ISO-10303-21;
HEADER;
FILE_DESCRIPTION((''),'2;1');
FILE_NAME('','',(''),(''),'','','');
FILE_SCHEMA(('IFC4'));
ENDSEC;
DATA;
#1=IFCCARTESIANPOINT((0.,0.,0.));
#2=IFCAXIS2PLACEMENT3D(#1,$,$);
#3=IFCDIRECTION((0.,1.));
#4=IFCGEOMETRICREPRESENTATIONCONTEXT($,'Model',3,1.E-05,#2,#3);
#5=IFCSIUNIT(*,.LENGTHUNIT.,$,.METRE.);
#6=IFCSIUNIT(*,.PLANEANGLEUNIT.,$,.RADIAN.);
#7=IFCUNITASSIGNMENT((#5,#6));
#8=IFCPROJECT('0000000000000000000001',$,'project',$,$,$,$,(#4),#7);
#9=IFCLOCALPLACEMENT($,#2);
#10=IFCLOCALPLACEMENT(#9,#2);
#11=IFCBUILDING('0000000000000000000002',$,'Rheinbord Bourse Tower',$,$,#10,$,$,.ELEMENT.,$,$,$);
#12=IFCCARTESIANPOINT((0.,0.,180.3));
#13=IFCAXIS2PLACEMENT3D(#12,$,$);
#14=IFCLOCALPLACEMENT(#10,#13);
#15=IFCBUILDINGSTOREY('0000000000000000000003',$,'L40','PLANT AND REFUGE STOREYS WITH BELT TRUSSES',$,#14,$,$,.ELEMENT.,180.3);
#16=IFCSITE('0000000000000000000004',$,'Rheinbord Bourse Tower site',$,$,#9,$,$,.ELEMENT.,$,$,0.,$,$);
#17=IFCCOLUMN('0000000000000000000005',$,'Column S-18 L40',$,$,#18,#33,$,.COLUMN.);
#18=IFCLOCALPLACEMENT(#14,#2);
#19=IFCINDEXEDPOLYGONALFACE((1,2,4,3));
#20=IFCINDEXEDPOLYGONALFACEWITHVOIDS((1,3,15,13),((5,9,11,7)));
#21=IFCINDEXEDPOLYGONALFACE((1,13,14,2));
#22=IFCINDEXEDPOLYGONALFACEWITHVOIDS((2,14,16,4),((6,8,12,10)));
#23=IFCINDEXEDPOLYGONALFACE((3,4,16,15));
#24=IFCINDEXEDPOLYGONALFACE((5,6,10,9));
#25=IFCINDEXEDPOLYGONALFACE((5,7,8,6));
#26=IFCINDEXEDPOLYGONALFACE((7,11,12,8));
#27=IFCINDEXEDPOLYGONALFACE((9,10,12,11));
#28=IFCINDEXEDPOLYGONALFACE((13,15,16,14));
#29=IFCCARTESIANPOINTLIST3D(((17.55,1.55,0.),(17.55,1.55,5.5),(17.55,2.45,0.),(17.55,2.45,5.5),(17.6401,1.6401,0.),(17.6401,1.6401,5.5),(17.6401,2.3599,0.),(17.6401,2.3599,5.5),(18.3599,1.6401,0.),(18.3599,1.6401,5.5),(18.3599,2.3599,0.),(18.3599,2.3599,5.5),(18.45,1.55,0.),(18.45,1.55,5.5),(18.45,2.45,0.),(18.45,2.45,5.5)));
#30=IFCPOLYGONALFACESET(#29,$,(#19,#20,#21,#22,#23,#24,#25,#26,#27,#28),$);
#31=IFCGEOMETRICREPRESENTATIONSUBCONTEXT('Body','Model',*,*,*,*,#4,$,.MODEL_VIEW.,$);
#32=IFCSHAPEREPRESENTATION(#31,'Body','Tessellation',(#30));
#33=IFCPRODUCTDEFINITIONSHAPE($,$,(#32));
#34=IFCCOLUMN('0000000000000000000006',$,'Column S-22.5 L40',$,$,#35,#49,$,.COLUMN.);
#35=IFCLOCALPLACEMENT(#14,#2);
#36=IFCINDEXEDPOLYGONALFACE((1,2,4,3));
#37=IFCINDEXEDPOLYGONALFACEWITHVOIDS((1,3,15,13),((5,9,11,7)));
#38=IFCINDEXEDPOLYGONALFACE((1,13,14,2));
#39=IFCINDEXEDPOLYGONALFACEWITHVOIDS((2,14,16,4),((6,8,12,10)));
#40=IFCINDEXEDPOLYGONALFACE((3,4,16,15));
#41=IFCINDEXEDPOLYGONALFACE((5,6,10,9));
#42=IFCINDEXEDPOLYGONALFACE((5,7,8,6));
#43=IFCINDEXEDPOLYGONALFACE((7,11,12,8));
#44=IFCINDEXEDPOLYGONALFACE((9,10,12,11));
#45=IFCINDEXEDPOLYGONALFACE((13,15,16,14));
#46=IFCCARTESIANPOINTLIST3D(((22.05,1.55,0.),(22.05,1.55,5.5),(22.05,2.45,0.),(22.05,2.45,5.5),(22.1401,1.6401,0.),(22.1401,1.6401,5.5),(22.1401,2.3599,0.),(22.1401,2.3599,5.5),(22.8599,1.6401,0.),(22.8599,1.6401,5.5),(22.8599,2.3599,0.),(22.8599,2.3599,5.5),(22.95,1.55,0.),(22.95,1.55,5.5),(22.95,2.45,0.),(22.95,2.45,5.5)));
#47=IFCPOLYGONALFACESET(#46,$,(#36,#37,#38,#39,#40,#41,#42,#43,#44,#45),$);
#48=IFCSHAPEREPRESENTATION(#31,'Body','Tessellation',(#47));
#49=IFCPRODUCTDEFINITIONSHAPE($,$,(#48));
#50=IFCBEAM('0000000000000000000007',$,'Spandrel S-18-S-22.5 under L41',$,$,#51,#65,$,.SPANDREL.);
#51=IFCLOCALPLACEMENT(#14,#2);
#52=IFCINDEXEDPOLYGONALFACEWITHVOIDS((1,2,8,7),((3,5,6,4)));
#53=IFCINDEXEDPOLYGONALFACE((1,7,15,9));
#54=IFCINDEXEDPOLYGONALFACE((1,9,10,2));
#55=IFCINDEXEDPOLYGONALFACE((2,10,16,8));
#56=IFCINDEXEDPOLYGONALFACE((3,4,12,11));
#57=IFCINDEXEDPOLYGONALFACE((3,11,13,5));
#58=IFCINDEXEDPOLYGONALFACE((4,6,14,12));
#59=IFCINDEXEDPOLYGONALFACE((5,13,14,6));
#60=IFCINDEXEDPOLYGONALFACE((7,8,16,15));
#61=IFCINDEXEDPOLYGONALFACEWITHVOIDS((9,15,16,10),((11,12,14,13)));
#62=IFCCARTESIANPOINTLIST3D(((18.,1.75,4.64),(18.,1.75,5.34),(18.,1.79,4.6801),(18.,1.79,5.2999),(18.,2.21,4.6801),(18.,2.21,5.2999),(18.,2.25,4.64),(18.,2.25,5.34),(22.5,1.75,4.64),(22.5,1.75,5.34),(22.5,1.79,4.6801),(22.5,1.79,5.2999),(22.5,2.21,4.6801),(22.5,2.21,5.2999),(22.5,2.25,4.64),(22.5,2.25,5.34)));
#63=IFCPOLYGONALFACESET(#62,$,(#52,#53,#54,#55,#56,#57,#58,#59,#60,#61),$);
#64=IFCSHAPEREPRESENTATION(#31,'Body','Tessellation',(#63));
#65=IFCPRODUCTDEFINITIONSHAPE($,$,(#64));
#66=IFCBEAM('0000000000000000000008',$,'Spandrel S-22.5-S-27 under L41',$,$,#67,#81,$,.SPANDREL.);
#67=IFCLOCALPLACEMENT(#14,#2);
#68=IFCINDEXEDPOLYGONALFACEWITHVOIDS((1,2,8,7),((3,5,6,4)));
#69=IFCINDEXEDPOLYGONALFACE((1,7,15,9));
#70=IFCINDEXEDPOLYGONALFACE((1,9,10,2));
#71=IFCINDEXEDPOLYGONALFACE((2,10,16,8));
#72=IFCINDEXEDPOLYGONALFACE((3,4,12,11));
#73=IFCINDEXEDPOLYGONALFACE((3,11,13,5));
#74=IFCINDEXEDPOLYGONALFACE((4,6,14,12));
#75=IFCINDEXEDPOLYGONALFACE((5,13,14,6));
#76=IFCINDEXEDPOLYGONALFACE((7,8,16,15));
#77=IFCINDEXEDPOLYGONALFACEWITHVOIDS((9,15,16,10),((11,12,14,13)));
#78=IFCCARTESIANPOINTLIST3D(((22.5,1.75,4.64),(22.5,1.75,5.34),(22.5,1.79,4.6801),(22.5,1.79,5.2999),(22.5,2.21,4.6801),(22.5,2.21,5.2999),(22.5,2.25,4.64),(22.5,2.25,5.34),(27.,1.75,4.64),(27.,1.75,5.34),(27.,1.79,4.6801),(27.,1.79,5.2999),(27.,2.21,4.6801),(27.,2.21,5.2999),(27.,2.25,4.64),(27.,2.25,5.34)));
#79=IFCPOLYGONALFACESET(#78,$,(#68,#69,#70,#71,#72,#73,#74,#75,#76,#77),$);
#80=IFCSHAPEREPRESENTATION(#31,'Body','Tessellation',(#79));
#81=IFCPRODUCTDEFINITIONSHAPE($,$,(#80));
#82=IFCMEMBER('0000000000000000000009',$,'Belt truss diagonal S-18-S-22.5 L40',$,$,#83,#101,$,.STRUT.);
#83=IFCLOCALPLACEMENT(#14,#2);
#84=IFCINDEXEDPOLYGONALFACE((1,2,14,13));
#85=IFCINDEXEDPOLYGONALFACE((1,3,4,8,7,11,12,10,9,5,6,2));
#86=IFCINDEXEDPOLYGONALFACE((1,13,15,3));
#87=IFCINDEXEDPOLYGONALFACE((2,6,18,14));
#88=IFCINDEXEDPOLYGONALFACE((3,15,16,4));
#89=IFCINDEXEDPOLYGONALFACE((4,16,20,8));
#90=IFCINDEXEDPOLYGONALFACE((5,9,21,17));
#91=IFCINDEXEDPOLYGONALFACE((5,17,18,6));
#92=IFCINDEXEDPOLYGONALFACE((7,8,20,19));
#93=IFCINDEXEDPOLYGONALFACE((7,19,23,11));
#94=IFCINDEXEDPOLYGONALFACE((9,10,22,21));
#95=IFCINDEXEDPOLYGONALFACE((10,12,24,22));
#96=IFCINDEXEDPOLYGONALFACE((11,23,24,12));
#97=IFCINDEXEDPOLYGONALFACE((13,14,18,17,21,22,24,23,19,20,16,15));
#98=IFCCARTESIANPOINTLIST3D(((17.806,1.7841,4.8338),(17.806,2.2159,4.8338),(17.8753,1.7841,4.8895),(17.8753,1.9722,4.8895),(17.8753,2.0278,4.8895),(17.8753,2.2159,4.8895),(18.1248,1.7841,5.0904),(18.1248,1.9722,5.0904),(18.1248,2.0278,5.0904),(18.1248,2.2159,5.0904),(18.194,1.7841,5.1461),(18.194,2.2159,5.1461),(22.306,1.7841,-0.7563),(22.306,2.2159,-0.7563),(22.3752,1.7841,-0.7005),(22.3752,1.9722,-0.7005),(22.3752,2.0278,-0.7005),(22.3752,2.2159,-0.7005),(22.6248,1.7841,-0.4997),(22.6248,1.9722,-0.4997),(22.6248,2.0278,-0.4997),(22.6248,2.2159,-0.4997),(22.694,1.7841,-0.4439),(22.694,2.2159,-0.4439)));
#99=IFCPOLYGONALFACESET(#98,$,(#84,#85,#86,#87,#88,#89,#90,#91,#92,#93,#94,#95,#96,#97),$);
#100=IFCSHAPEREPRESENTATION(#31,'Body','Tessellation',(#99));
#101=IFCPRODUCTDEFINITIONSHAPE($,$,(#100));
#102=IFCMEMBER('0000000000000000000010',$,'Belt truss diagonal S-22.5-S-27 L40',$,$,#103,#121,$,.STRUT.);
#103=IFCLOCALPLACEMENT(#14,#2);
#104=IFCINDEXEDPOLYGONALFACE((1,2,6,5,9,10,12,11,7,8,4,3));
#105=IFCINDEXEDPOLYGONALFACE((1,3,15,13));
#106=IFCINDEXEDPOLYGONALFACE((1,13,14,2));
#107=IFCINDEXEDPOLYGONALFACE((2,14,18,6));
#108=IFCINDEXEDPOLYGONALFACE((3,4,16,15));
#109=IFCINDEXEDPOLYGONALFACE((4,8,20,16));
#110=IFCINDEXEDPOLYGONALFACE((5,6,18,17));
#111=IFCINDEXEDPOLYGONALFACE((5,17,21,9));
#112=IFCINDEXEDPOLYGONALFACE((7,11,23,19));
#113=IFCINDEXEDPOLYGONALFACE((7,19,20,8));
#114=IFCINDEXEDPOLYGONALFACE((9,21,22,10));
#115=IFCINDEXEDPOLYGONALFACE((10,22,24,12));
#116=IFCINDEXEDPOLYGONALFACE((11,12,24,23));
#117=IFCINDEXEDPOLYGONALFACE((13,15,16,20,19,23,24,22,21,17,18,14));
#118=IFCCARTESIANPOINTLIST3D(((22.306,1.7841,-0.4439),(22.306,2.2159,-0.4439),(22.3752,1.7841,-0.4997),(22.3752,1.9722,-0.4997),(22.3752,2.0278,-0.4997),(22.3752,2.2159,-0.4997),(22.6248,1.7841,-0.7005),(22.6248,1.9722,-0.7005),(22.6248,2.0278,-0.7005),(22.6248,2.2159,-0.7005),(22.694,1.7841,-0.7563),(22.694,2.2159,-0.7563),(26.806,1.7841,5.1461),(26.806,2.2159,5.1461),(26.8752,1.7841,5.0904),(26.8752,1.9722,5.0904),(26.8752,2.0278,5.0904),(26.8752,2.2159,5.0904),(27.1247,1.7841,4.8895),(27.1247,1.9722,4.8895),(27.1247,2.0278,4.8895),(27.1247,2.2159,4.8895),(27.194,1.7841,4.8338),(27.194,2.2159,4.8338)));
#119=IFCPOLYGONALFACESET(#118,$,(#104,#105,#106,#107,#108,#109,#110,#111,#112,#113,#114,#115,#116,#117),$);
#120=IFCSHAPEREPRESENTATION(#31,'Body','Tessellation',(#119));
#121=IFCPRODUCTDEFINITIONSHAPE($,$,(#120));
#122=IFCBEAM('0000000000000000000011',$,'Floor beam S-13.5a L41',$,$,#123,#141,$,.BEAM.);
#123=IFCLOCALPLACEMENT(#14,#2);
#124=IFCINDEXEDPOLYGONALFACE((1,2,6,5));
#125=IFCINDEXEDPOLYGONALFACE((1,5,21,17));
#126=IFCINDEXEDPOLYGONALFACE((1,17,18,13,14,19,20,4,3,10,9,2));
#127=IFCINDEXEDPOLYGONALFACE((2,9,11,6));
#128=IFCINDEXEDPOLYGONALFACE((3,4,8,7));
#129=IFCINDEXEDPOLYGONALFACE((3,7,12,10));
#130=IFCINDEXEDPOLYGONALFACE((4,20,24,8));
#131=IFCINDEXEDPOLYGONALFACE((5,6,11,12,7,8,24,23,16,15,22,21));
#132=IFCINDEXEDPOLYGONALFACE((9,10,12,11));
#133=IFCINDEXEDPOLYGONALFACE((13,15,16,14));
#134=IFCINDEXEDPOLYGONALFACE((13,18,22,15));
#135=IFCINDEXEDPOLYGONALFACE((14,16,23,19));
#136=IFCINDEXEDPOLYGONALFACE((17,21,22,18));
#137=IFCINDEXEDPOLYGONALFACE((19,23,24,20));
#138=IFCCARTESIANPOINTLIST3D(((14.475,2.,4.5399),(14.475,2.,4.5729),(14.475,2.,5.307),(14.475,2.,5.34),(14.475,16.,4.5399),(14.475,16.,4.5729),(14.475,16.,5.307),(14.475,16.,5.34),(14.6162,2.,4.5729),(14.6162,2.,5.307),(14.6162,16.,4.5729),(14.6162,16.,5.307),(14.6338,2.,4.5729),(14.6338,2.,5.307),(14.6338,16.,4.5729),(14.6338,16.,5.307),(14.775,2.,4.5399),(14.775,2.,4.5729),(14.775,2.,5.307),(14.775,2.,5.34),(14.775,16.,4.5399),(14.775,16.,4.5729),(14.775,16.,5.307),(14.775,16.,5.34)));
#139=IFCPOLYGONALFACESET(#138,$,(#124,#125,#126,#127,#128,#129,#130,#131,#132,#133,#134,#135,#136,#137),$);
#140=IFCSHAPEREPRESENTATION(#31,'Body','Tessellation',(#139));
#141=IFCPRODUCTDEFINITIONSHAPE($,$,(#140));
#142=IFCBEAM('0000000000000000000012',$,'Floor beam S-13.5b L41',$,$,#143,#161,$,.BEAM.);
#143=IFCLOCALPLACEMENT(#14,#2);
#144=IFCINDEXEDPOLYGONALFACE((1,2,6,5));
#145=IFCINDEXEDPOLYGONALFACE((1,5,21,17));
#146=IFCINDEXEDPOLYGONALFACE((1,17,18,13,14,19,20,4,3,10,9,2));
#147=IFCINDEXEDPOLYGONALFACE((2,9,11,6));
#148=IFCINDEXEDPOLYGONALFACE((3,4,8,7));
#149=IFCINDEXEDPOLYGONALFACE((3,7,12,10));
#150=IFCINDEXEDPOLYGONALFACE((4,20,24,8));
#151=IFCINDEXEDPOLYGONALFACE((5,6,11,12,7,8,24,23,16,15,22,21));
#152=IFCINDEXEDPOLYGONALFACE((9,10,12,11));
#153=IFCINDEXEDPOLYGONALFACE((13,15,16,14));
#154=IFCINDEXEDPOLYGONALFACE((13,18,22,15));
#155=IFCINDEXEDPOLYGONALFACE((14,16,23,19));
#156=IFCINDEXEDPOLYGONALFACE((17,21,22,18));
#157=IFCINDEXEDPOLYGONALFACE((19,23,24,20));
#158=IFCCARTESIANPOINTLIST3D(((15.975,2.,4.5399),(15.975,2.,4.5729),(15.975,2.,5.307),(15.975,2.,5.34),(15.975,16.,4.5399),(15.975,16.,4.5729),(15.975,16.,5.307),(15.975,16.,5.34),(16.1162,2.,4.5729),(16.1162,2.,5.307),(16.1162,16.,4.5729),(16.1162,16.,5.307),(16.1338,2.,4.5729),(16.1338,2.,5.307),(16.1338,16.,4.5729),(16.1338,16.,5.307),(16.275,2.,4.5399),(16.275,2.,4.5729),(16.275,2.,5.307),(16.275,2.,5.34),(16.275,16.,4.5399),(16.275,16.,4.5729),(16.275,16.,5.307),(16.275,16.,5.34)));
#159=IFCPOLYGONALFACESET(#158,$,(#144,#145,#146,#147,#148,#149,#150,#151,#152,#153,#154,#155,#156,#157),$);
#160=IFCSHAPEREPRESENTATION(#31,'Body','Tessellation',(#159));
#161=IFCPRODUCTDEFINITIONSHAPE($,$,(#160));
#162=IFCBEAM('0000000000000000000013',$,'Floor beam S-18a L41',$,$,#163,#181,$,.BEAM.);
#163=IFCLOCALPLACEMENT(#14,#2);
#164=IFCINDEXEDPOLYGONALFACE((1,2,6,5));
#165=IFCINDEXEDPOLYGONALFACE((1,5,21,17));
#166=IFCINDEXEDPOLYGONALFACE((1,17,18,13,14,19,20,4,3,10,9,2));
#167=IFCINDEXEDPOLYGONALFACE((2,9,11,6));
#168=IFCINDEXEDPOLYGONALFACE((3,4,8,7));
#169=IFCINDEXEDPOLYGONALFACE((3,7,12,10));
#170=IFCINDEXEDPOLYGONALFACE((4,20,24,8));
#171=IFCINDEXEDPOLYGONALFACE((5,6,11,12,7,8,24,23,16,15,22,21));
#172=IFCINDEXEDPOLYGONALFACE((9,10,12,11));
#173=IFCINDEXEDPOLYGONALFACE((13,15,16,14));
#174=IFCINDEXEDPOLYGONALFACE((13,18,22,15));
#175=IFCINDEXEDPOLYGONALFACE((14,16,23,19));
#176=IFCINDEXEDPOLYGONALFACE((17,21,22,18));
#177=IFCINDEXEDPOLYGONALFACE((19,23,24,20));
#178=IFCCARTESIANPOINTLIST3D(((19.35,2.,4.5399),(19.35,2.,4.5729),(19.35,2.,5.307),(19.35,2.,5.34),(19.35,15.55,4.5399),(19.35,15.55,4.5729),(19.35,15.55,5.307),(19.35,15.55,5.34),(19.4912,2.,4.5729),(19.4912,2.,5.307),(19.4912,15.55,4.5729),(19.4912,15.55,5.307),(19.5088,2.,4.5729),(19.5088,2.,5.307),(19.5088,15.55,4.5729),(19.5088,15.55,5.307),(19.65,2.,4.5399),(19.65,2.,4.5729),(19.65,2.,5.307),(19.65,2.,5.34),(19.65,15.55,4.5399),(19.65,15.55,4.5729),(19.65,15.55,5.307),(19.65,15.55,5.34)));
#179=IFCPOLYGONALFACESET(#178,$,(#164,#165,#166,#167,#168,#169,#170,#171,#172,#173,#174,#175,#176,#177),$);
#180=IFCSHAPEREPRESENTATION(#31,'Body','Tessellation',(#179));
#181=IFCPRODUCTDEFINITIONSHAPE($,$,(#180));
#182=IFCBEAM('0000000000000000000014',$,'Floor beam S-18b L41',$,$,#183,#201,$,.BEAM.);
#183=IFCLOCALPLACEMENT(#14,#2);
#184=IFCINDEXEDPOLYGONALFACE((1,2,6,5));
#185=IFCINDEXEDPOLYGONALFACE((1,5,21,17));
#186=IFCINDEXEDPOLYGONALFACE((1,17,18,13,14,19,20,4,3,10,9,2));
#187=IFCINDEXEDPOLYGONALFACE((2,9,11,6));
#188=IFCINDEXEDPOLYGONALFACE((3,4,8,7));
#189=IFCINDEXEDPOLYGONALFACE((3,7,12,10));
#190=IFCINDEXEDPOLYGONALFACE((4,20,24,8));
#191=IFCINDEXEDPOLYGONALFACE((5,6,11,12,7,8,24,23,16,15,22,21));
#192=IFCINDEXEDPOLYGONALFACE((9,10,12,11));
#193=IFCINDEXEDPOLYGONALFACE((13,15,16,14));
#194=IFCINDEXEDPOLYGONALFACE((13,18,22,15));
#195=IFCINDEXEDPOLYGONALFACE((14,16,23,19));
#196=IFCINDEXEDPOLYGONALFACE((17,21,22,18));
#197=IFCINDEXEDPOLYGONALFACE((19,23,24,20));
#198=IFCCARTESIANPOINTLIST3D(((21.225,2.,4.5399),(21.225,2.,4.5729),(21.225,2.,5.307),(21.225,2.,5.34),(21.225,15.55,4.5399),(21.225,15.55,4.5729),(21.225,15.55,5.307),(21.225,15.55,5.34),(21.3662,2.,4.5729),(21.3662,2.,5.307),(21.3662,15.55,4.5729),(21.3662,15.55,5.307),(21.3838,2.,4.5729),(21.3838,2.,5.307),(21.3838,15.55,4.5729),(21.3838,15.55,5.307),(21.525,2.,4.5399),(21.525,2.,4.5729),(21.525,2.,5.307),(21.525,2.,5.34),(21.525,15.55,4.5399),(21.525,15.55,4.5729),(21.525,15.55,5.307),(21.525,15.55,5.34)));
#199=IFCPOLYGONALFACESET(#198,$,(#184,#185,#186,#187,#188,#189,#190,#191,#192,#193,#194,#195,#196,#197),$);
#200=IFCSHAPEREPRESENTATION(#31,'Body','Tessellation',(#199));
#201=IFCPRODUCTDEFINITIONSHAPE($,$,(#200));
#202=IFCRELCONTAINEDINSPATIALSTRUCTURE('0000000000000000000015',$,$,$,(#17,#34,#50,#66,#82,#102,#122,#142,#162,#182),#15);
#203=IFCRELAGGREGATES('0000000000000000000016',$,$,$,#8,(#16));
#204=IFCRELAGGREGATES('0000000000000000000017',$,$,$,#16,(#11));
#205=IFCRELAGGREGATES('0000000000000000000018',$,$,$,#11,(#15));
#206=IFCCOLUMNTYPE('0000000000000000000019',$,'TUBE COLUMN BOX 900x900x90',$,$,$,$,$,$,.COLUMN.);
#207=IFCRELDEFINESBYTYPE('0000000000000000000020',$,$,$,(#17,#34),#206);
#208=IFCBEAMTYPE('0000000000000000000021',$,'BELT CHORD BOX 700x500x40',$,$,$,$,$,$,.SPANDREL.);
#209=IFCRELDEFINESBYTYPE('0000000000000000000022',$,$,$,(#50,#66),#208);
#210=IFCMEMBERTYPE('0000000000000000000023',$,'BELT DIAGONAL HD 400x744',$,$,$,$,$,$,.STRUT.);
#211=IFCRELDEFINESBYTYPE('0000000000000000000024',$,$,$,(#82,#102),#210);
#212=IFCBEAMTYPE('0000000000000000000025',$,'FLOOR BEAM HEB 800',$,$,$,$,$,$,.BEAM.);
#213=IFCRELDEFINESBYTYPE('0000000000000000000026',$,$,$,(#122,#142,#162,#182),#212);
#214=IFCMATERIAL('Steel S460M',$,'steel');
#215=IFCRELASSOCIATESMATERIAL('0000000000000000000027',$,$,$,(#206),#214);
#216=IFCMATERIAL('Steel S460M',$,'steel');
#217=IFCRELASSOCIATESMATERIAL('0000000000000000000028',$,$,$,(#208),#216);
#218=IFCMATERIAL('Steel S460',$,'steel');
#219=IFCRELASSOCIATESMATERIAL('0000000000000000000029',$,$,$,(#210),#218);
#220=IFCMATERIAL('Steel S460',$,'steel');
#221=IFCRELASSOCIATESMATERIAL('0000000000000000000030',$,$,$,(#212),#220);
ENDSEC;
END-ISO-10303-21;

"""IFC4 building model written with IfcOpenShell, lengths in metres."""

from ifc_helpers import new_model, si_unit, direction, frame, origin, origin_2d, place, context, subcontext, project, spatial, hollow_rectangle, i_section, extrude, material, material_profile, profile_set, type_object, element, save


model = new_model("IFC4")

# Units and contexts
model_context = context("Model", 3, precision=1e-05, world=origin(), true_north=direction((0.0, 1.0)))
body_context = subcontext(model_context, "Body", "Model", "MODEL_VIEW")
ifc_project = project(units=[si_unit("LENGTHUNIT", "METRE"), si_unit("PLANEANGLEUNIT", "RADIAN")], contexts=[model_context])

# Site, building, storey
site_placement = place(None, origin())
site = spatial("IfcSite", under=ifc_project, at=site_placement, Name="Rheinbord Bourse Tower site", CompositionType="ELEMENT", RefElevation=0.0)
building_placement = place(site_placement, origin())
building = spatial("IfcBuilding", under=site, at=building_placement, Name="Rheinbord Bourse Tower", CompositionType="ELEMENT")
storey_placement = place(building_placement, frame((0.0, 0.0, 180.3)))
storey = spatial("IfcBuildingStorey", under=building, at=storey_placement, Name="L40", Description="PLANT AND REFUGE STOREYS WITH BELT TRUSSES", CompositionType="ELEMENT", Elevation=180.3)

# Columns
ifc_material_1 = material(Name="Steel S460M", Category="steel")
ifc_material_profile_1 = material_profile(ifc_material_1, hollow_rectangle(XDim=0.8999, YDim=0.8999, WallThickness=0.0901, at=origin_2d()), Name="BOX 900x900x90")
ifc_profile_set_1 = profile_set([ifc_material_profile_1], Name="Steel S460M")
column_type = type_object("IfcColumnType", Name="TUBE COLUMN BOX 900x900x90", PredefinedType="COLUMN", material=ifc_profile_set_1)
for number, where, z_axis, x_axis, name in (
    (1, (18.0, 2.0, 0.0), (0.0, 0.0, 1.0), (0.0, 1.0, 0.0), "Column S-18 L40"),
    (2, (22.5, 2.0, 0.0), (0.0, 0.0, 1.0), (0.0, 1.0, 0.0), "Column S-22.5 L40"),
):
    element("IfcColumn", number, at=place(storey_placement, frame(where, z_axis=z_axis, x_axis=x_axis)), inside=storey, type_object=column_type, Name=name, PredefinedType="COLUMN", context=body_context, shape_type="SweptSolid", body=[
        extrude(hollow_rectangle(XDim=0.8999, YDim=0.8999, WallThickness=0.0901, at=origin_2d()), origin(), (0.0, 0.0, 1.0), 5.5),
    ])

# Beams
ifc_material_2 = material(Name="Steel S460M", Category="steel")
ifc_material_profile_2 = material_profile(ifc_material_2, hollow_rectangle(XDim=0.5, YDim=0.7, WallThickness=0.04, at=origin_2d()), Name="BOX 700x500x40")
ifc_profile_set_2 = profile_set([ifc_material_profile_2], Name="Steel S460M")
beam_type_1 = type_object("IfcBeamType", Name="BELT CHORD BOX 700x500x40", PredefinedType="SPANDREL", material=ifc_profile_set_2)
for number, where, z_axis, x_axis, name in (
    (3, (18.0, 2.0, 4.99), (1.0, 0.0, 0.0), (0.0, 1.0, 0.0), "Spandrel S-18-S-22.5 under L41"),
    (4, (22.5, 2.0, 4.99), (1.0, 0.0, 0.0), (0.0, 1.0, 0.0), "Spandrel S-22.5-S-27 under L41"),
):
    element("IfcBeam", number, at=place(storey_placement, frame(where, z_axis=z_axis, x_axis=x_axis)), inside=storey, type_object=beam_type_1, Name=name, PredefinedType="SPANDREL", context=body_context, shape_type="SweptSolid", body=[
        extrude(hollow_rectangle(XDim=0.5, YDim=0.7, WallThickness=0.04, at=origin_2d()), origin(), (0.0, 0.0, 1.0), 4.5),
    ])

# Members
ifc_material_3 = material(Name="Steel S460", Category="steel")
ifc_material_profile_3 = material_profile(ifc_material_3, i_section(OverallWidth=0.4319, OverallDepth=0.498, WebThickness=0.0557, FlangeThickness=0.0889, at=origin_2d()), Name="HD 400x744")
ifc_profile_set_3 = profile_set([ifc_material_profile_3], Name="Steel S460")
member_type = type_object("IfcMemberType", Name="BELT DIAGONAL HD 400x744", PredefinedType="STRUT", material=ifc_profile_set_3)
for number, where, z_axis, x_axis, name in (
    (5, (22.5, 2.0, -0.6001), (-0.627065, 0.0, 0.778967), (0.0, -1.0, 0.0), "Belt truss diagonal S-18-S-22.5 L40"),
    (6, (22.5, 2.0, -0.6001), (0.627065, 0.0, 0.778967), (0.0, 1.0, 0.0), "Belt truss diagonal S-22.5-S-27 L40"),
):
    element("IfcMember", number, at=place(storey_placement, frame(where, z_axis=z_axis, x_axis=x_axis)), inside=storey, type_object=member_type, Name=name, PredefinedType="STRUT", context=body_context, shape_type="SweptSolid", body=[
        extrude(i_section(OverallWidth=0.4319, OverallDepth=0.498, WebThickness=0.0557, FlangeThickness=0.0889, at=origin_2d()), origin(), (0.0, 0.0, 1.0), 7.1763),
    ])

# Beams
ifc_material_4 = material(Name="Steel S460", Category="steel")
ifc_material_profile_4 = material_profile(ifc_material_4, i_section(OverallWidth=0.3, OverallDepth=0.8, WebThickness=0.0176, FlangeThickness=0.033, at=origin_2d()), Name="HEB 800")
ifc_profile_set_4 = profile_set([ifc_material_profile_4], Name="Steel S460")
beam_type_2 = type_object("IfcBeamType", Name="FLOOR BEAM HEB 800", PredefinedType="BEAM", material=ifc_profile_set_4)
for number, where, z_axis, x_axis, name in (
    (7, (14.625, 2.0, 4.9399), (0.0, 1.0, 0.0), (-1.0, 0.0, 0.0), "Floor beam S-13.5a L41"),
    (8, (16.125, 2.0, 4.9399), (0.0, 1.0, 0.0), (-1.0, 0.0, 0.0), "Floor beam S-13.5b L41"),
):
    element("IfcBeam", number, at=place(storey_placement, frame(where, z_axis=z_axis, x_axis=x_axis)), inside=storey, type_object=beam_type_2, Name=name, PredefinedType="BEAM", context=body_context, shape_type="SweptSolid", body=[
        extrude(i_section(OverallWidth=0.3, OverallDepth=0.8, WebThickness=0.0176, FlangeThickness=0.033, at=origin_2d()), origin(), (0.0, 0.0, 1.0), 14.0),
    ])
for number, where, z_axis, x_axis, name in (
    (9, (19.5, 2.0, 4.9399), (0.0, 1.0, 0.0), (-1.0, 0.0, 0.0), "Floor beam S-18a L41"),
    (10, (21.375, 2.0, 4.9399), (0.0, 1.0, 0.0), (-1.0, 0.0, 0.0), "Floor beam S-18b L41"),
):
    element("IfcBeam", number, at=place(storey_placement, frame(where, z_axis=z_axis, x_axis=x_axis)), inside=storey, type_object=beam_type_2, Name=name, PredefinedType="BEAM", context=body_context, shape_type="SweptSolid", body=[
        extrude(i_section(OverallWidth=0.3, OverallDepth=0.8, WebThickness=0.0176, FlangeThickness=0.033, at=origin_2d()), origin(), (0.0, 0.0, 1.0), 13.55),
    ])

save(model, "model.ifc")
